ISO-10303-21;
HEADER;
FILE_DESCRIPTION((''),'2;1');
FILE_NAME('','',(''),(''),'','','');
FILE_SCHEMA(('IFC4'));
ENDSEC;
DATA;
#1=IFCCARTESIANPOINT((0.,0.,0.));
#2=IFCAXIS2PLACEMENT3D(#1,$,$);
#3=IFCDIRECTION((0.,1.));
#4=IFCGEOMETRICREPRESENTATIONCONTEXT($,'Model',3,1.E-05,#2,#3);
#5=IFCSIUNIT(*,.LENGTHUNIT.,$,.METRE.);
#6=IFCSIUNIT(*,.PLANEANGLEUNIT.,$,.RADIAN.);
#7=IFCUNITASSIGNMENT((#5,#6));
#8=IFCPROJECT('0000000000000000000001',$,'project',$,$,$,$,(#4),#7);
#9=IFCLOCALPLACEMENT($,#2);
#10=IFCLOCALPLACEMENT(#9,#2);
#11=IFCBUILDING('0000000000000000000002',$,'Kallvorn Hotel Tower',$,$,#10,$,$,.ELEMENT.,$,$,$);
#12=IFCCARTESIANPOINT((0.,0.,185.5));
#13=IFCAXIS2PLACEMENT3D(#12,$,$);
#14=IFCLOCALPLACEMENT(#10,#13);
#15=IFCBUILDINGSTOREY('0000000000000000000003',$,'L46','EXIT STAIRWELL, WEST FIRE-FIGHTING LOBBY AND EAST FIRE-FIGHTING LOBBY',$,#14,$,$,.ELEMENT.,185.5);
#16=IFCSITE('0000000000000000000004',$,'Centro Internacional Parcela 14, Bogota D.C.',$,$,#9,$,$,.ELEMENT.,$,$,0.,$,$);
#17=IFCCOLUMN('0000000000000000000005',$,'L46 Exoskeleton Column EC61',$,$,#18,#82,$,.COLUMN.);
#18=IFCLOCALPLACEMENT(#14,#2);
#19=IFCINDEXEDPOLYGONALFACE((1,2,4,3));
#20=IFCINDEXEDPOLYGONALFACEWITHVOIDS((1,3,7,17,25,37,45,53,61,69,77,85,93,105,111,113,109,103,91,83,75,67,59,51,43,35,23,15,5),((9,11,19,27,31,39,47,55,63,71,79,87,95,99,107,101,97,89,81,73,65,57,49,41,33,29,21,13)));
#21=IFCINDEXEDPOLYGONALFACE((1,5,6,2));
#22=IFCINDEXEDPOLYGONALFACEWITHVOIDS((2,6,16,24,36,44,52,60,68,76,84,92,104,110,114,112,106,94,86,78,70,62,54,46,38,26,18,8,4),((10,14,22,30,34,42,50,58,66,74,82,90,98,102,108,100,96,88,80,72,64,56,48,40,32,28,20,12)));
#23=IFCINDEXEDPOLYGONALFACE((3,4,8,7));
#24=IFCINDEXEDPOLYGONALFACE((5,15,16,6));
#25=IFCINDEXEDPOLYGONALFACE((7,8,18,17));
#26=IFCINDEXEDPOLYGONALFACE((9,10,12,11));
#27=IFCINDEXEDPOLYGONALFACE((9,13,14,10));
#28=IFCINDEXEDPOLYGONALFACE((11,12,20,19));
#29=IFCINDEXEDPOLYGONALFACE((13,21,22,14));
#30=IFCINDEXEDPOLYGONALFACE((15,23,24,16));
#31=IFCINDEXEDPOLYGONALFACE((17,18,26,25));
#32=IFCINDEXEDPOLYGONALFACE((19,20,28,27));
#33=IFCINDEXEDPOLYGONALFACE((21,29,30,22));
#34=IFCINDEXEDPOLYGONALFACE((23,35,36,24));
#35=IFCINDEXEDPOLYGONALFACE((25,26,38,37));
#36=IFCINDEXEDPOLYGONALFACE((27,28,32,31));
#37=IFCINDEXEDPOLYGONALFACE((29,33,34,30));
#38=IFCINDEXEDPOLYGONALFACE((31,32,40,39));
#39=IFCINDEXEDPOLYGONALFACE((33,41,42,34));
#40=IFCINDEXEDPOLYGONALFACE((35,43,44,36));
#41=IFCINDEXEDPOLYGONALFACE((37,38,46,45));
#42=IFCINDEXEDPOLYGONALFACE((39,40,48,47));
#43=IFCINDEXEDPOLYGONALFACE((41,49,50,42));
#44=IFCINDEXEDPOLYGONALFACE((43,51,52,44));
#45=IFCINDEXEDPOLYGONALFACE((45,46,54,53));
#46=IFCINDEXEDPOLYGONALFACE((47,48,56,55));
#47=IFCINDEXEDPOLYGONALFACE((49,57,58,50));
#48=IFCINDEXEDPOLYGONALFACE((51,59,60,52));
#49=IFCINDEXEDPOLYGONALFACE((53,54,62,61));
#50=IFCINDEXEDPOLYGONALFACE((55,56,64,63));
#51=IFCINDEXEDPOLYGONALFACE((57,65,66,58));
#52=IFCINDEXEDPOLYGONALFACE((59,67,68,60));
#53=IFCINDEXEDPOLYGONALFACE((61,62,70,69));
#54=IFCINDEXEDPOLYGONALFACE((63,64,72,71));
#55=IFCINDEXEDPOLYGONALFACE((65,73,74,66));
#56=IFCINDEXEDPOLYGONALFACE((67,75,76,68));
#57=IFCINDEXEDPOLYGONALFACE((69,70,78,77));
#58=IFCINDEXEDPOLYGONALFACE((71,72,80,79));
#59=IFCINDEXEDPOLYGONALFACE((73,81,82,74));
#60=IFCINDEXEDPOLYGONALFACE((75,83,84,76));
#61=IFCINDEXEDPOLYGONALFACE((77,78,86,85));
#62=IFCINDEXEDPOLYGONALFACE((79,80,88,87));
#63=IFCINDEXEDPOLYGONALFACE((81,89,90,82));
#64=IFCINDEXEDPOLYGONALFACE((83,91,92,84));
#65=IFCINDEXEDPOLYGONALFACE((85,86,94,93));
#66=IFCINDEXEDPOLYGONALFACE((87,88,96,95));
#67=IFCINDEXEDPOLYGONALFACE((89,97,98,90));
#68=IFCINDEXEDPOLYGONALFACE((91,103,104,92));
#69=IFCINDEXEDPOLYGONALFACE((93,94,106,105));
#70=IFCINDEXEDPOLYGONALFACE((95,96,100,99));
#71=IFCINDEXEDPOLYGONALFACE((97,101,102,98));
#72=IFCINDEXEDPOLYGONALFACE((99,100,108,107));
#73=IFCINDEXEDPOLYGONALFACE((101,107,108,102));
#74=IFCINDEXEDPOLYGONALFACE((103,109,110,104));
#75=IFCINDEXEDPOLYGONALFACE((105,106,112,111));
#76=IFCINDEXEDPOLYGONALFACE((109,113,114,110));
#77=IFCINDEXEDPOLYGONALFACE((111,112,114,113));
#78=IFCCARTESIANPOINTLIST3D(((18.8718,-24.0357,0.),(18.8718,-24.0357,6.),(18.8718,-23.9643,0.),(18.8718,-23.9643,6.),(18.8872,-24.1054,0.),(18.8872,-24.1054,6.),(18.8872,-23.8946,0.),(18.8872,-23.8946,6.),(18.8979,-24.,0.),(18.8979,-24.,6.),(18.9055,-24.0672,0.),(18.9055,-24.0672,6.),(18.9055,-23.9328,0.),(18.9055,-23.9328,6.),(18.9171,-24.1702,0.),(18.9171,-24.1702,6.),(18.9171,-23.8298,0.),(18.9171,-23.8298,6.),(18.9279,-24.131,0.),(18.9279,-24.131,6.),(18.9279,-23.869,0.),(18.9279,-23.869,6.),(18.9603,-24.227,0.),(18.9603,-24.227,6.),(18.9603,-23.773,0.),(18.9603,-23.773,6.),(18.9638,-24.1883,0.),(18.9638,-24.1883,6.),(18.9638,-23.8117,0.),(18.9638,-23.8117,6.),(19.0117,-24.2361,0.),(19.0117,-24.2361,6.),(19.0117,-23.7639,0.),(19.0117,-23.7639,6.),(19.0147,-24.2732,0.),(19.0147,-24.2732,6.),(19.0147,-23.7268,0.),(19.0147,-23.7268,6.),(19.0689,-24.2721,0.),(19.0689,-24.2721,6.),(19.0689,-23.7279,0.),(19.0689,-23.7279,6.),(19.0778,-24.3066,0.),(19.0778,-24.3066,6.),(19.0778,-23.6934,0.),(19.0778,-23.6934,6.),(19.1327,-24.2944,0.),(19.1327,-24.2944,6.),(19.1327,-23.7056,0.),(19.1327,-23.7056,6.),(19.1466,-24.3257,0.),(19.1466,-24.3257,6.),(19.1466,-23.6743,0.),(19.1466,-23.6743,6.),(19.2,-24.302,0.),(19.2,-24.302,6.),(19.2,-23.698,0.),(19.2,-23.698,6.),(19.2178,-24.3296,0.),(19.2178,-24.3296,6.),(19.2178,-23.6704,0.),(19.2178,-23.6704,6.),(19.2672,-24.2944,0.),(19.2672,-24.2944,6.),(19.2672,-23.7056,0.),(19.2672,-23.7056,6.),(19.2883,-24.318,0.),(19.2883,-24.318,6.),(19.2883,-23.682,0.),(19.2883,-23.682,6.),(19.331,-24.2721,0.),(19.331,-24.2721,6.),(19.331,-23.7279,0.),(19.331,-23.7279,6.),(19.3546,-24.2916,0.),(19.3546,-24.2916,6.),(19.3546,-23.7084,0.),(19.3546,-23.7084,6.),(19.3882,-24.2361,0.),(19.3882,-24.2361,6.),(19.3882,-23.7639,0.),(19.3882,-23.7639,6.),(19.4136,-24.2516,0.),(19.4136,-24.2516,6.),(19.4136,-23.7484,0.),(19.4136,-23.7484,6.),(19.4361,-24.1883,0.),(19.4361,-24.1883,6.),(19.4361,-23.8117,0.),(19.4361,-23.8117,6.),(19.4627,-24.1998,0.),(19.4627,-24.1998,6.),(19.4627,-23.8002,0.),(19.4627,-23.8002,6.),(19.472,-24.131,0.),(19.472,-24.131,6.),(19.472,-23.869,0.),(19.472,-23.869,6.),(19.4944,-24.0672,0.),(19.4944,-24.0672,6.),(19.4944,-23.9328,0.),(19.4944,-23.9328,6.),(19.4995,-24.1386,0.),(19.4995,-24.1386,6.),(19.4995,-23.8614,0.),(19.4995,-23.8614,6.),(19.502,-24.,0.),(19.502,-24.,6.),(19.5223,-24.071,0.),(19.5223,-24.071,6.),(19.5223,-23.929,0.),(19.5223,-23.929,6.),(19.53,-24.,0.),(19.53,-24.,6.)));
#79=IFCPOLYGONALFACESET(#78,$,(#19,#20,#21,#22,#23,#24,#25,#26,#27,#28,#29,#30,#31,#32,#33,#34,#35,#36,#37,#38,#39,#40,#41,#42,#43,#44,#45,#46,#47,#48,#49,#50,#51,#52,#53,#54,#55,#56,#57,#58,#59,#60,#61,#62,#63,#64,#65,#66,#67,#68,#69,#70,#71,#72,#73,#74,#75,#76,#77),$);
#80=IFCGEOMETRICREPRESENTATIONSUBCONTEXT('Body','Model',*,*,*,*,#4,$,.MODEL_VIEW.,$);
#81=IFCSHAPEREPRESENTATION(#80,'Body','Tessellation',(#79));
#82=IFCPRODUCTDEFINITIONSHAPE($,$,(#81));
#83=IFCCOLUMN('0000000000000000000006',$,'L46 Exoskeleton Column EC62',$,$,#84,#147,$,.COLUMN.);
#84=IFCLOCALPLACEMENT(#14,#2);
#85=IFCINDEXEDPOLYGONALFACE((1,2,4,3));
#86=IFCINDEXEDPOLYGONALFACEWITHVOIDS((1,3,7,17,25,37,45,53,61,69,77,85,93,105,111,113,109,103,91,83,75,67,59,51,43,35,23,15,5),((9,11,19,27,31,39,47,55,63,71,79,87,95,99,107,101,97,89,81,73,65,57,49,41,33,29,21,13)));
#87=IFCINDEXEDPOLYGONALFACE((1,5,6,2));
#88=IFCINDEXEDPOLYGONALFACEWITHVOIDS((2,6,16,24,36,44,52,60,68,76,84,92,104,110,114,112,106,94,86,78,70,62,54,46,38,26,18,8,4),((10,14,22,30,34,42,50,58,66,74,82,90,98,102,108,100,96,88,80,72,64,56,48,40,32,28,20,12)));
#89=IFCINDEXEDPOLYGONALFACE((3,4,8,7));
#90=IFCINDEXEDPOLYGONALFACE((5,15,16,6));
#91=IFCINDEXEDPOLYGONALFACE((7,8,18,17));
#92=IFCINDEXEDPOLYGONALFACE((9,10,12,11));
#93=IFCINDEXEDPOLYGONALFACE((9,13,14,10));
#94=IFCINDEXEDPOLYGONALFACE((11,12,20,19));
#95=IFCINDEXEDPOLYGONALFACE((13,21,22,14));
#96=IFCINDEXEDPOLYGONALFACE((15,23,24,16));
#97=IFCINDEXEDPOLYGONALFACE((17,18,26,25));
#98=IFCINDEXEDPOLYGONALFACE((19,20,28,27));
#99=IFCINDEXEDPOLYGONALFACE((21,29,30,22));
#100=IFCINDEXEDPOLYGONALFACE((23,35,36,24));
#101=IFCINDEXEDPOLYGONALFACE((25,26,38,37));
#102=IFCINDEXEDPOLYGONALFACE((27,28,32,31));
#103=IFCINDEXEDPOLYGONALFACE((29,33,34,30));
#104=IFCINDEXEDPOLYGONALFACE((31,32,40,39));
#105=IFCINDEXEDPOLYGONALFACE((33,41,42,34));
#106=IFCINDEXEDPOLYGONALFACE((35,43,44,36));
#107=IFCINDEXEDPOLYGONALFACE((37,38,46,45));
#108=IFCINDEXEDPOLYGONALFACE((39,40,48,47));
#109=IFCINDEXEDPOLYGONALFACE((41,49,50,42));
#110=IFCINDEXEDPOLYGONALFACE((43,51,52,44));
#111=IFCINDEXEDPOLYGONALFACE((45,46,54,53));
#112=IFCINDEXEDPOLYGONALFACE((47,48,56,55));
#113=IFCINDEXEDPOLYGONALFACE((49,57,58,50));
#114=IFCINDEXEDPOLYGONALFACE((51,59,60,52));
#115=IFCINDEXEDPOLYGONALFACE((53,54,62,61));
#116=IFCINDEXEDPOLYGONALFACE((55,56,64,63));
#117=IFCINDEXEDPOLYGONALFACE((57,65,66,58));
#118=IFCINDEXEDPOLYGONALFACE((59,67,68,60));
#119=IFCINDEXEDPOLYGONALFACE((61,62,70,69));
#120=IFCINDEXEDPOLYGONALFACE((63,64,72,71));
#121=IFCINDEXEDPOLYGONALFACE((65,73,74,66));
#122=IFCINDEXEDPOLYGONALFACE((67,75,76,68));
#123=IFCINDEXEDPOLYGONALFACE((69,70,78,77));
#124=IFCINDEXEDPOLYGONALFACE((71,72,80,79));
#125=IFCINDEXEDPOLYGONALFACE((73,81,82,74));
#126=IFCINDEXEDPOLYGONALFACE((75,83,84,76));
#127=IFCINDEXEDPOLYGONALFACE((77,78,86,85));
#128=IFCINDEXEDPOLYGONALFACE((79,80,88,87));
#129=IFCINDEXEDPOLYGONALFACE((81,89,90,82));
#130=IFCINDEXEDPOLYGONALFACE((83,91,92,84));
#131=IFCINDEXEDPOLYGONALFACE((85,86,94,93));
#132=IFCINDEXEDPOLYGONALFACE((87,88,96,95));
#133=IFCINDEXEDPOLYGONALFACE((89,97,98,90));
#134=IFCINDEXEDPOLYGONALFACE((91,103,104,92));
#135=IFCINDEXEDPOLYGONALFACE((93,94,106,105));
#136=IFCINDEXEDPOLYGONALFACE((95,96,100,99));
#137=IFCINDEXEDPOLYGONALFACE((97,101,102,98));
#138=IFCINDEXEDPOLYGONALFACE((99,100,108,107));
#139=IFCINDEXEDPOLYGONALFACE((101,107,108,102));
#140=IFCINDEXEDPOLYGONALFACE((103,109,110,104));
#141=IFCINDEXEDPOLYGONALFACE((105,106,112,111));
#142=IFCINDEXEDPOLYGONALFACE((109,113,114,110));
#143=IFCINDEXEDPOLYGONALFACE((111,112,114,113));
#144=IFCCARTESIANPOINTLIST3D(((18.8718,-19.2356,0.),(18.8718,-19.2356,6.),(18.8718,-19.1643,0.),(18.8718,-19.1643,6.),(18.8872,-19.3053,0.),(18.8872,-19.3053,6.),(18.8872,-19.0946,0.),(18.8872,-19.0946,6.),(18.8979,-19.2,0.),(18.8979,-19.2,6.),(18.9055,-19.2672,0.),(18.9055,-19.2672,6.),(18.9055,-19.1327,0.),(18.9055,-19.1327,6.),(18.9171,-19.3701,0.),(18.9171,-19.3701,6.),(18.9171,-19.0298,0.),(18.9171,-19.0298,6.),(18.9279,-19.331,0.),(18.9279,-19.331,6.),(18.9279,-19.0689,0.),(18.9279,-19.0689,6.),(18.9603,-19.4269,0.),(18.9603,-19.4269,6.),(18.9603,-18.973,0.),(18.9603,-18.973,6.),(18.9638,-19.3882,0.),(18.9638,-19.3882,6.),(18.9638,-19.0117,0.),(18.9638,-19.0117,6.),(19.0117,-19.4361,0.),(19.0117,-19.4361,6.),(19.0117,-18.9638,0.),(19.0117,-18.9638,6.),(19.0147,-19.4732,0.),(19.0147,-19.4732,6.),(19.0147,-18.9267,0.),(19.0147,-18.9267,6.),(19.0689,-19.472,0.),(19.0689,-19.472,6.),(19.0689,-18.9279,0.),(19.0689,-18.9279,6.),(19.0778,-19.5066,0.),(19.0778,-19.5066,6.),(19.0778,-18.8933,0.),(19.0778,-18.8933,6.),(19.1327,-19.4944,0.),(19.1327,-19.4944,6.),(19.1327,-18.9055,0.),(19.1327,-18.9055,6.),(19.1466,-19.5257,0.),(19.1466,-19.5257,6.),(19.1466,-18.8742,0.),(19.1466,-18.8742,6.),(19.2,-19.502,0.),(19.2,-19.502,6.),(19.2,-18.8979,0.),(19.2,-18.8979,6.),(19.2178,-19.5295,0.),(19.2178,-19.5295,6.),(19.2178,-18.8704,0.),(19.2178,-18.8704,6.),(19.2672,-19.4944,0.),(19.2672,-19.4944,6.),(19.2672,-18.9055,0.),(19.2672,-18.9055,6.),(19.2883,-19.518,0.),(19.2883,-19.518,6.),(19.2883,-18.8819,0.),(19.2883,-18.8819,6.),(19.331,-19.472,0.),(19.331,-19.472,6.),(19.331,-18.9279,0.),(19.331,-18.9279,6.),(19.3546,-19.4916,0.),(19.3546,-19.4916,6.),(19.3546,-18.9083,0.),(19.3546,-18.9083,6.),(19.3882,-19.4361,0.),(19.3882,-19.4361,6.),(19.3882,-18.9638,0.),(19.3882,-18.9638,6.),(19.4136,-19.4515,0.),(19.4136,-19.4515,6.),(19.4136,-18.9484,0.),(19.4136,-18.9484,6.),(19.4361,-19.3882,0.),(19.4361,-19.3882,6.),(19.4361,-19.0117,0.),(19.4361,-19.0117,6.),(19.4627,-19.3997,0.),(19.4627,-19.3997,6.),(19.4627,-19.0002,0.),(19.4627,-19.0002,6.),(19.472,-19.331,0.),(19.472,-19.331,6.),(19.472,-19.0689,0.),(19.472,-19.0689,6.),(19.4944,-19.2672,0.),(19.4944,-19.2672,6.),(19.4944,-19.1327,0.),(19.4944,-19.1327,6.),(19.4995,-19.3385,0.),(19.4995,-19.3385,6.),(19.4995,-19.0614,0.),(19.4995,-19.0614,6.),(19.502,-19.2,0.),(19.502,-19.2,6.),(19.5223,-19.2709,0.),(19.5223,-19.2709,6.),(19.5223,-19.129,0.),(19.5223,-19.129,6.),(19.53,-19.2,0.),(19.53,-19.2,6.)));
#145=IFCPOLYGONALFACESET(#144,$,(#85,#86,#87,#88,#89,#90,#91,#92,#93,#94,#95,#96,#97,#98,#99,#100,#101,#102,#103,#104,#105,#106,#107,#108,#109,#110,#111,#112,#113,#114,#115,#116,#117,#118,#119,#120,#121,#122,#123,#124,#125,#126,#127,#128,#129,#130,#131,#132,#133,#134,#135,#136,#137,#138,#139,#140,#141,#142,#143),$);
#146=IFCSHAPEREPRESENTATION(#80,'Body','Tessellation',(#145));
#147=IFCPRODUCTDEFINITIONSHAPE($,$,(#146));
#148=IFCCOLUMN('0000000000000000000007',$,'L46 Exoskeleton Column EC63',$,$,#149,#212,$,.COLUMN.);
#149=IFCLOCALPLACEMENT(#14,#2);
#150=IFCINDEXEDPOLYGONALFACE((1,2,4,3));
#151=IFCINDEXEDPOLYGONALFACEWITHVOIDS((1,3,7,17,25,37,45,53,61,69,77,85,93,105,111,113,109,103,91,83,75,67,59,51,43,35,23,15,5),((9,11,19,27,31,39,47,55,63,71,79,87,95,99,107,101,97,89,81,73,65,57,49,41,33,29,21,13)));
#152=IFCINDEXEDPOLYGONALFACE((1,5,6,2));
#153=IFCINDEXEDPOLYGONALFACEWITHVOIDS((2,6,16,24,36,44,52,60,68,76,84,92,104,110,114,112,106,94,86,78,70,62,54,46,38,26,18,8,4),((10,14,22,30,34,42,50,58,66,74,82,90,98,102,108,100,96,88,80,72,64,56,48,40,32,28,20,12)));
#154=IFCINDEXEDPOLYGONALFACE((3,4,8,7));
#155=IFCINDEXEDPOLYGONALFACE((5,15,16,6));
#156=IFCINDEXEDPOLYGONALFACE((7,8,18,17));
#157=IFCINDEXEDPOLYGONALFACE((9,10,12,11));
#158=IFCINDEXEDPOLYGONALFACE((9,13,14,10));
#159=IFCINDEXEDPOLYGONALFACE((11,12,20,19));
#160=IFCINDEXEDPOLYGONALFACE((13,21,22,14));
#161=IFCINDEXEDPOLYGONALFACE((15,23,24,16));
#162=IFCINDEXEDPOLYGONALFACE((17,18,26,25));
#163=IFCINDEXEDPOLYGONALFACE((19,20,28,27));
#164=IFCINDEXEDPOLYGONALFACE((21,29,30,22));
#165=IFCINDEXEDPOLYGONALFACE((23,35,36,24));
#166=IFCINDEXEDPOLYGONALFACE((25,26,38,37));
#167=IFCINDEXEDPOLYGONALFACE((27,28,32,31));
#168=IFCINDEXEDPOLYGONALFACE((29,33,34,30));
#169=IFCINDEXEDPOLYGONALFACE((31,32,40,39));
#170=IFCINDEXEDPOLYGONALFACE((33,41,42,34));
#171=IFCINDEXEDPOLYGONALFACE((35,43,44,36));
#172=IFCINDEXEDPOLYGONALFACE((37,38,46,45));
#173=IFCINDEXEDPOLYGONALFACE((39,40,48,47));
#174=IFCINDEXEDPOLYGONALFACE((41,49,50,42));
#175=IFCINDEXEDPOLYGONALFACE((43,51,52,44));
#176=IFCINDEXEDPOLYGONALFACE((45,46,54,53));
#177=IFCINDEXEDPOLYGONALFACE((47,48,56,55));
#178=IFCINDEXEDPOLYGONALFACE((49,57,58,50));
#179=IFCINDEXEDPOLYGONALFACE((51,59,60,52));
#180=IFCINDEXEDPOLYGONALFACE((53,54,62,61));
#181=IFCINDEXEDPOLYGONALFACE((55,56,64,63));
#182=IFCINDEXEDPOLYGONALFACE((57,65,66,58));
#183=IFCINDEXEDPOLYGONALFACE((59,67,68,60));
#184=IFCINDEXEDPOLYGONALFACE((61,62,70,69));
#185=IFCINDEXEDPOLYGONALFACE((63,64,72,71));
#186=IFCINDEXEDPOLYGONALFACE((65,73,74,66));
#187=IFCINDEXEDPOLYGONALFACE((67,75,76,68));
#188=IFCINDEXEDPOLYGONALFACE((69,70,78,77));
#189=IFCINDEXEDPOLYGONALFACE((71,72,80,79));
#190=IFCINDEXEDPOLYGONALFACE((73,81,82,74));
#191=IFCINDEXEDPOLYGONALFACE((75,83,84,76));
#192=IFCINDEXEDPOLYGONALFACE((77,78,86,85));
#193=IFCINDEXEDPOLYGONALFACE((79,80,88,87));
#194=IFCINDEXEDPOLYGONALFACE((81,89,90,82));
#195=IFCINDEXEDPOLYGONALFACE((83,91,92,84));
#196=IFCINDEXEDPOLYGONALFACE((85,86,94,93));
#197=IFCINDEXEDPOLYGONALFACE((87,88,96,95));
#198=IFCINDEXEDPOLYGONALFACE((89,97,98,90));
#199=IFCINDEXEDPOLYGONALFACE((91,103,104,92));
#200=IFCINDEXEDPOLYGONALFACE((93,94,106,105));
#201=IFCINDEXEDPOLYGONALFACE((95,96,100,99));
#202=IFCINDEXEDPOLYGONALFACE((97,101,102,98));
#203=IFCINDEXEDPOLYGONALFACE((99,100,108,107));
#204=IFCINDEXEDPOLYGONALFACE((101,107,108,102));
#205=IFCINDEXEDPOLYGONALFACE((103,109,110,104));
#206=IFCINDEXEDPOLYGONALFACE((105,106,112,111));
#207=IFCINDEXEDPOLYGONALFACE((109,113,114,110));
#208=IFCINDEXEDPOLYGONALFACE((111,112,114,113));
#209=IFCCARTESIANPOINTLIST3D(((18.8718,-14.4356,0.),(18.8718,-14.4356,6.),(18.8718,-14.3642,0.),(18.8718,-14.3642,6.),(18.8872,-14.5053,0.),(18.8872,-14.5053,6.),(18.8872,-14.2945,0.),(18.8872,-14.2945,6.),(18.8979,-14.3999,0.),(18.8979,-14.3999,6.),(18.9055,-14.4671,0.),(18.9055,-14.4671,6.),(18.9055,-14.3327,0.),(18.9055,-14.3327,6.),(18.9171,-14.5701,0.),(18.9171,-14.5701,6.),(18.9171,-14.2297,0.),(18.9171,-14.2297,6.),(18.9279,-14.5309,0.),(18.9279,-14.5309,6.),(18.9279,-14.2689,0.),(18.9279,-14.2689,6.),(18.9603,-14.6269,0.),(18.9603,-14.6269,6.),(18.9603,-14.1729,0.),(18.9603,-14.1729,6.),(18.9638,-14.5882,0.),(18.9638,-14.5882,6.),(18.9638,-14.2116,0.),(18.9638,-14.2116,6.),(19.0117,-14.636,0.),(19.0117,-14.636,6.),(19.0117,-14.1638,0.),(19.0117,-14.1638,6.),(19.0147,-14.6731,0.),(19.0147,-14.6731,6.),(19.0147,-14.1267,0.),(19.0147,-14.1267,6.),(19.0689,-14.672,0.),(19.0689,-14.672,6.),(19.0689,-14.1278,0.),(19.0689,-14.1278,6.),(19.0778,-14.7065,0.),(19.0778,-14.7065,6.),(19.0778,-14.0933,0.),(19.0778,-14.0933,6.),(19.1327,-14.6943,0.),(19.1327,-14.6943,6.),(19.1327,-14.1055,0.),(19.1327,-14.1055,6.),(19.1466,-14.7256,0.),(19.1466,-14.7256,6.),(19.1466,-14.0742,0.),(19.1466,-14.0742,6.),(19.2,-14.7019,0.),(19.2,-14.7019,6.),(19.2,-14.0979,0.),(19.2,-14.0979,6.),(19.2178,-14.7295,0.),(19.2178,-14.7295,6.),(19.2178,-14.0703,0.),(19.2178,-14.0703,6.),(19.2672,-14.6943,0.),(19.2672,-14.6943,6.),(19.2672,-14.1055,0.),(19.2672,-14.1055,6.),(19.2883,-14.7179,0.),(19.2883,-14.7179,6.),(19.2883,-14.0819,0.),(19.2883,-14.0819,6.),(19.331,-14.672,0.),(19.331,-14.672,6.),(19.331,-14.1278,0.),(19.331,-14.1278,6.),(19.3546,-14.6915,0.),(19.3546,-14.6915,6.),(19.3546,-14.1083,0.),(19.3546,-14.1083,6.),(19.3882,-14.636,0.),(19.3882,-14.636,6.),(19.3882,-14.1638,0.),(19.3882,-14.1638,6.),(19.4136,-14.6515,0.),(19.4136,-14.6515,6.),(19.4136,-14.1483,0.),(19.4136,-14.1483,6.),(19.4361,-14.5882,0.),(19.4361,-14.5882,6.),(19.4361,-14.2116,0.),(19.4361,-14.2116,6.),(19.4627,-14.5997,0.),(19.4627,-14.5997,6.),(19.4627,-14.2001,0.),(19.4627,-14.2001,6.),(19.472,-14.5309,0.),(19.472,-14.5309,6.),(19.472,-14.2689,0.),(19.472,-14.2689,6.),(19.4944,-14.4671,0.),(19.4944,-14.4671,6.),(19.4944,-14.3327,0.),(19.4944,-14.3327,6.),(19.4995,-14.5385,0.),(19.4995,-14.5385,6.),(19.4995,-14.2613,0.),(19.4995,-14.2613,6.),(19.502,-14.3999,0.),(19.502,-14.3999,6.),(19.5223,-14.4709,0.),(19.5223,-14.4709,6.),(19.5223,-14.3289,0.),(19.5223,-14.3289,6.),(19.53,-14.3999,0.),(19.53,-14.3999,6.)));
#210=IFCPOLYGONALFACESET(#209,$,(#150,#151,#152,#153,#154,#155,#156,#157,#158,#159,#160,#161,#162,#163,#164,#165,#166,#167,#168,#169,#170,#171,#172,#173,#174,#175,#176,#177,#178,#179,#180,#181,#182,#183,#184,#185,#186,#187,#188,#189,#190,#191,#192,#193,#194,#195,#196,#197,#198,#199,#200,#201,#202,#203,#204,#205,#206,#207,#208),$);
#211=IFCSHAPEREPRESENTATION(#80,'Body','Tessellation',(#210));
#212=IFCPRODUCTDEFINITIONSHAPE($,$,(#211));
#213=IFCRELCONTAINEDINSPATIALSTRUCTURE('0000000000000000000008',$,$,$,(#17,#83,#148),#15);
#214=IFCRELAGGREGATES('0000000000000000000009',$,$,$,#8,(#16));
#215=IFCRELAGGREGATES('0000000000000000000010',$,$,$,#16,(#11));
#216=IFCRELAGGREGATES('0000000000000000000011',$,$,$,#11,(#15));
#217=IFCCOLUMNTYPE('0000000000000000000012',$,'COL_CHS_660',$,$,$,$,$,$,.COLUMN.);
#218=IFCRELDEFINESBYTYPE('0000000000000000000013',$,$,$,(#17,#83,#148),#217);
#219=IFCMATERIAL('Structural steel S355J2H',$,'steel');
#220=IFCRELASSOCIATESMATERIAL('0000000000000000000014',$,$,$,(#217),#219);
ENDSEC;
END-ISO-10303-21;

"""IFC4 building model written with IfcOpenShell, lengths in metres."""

from ifc_helpers import new_model, si_unit, direction, frame, origin, origin_2d, place, context, subcontext, project, spatial, hollow_circle, extrude, material, material_profile, profile_set, type_object, element, save


model = new_model("IFC4")

# Units and contexts
model_context = context("Model", 3, precision=1e-05, world=origin(), true_north=direction((0.0, 1.0)))
body_context = subcontext(model_context, "Body", "Model", "MODEL_VIEW")
ifc_project = project(units=[si_unit("LENGTHUNIT", "METRE"), si_unit("PLANEANGLEUNIT", "RADIAN")], contexts=[model_context])

# Site, building, storey
site_placement = place(None, origin())
site = spatial("IfcSite", under=ifc_project, at=site_placement, Name="Centro Internacional Parcela 14, Bogota D.C.", CompositionType="ELEMENT", RefElevation=0.0)
building_placement = place(site_placement, origin())
building = spatial("IfcBuilding", under=site, at=building_placement, Name="Kallvorn Hotel Tower", CompositionType="ELEMENT")
storey_placement = place(building_placement, frame((0.0, 0.0, 185.5)))
storey = spatial("IfcBuildingStorey", under=building, at=storey_placement, Name="L46", Description="EXIT STAIRWELL, WEST FIRE-FIGHTING LOBBY AND EAST FIRE-FIGHTING LOBBY", CompositionType="ELEMENT", Elevation=185.5)

# Columns
ifc_material_1 = material(Name="Structural steel S355J2H", Category="steel")
ifc_material_profile_1 = material_profile(ifc_material_1, hollow_circle(Radius=0.3301, WallThickness=0.0281, at=origin_2d()), Name="CHS 660x28")
ifc_profile_set_1 = profile_set([ifc_material_profile_1], Name="Structural steel S355J2H")
column_type_1 = type_object("IfcColumnType", Name="COL_CHS_660", PredefinedType="COLUMN", material=ifc_profile_set_1)
for number, where, z_axis, x_axis, name in (
    (1, (19.2, -24.0, 0.0), (0.0, 0.0, 1.0), (1.0, 0.0, 0.0), "L46 Exoskeleton Column EC61"),
    (2, (19.2, -19.2, 0.0), (0.0, 0.0, 1.0), (1.0, 0.0, 0.0), "L46 Exoskeleton Column EC62"),
    (3, (19.2, -14.3999, 0.0), (0.0, 0.0, 1.0), (1.0, 0.0, 0.0), "L46 Exoskeleton Column EC63"),
):
    element("IfcColumn", number, at=place(storey_placement, frame(where, z_axis=z_axis, x_axis=x_axis)), inside=storey, type_object=column_type_1, Name=name, PredefinedType="COLUMN", context=body_context, shape_type="SweptSolid", body=[
        extrude(hollow_circle(Radius=0.3301, WallThickness=0.0281, at=origin_2d()), origin(), (0.0, 0.0, 1.0), 6.0),
    ])

save(model, "model.ifc")
